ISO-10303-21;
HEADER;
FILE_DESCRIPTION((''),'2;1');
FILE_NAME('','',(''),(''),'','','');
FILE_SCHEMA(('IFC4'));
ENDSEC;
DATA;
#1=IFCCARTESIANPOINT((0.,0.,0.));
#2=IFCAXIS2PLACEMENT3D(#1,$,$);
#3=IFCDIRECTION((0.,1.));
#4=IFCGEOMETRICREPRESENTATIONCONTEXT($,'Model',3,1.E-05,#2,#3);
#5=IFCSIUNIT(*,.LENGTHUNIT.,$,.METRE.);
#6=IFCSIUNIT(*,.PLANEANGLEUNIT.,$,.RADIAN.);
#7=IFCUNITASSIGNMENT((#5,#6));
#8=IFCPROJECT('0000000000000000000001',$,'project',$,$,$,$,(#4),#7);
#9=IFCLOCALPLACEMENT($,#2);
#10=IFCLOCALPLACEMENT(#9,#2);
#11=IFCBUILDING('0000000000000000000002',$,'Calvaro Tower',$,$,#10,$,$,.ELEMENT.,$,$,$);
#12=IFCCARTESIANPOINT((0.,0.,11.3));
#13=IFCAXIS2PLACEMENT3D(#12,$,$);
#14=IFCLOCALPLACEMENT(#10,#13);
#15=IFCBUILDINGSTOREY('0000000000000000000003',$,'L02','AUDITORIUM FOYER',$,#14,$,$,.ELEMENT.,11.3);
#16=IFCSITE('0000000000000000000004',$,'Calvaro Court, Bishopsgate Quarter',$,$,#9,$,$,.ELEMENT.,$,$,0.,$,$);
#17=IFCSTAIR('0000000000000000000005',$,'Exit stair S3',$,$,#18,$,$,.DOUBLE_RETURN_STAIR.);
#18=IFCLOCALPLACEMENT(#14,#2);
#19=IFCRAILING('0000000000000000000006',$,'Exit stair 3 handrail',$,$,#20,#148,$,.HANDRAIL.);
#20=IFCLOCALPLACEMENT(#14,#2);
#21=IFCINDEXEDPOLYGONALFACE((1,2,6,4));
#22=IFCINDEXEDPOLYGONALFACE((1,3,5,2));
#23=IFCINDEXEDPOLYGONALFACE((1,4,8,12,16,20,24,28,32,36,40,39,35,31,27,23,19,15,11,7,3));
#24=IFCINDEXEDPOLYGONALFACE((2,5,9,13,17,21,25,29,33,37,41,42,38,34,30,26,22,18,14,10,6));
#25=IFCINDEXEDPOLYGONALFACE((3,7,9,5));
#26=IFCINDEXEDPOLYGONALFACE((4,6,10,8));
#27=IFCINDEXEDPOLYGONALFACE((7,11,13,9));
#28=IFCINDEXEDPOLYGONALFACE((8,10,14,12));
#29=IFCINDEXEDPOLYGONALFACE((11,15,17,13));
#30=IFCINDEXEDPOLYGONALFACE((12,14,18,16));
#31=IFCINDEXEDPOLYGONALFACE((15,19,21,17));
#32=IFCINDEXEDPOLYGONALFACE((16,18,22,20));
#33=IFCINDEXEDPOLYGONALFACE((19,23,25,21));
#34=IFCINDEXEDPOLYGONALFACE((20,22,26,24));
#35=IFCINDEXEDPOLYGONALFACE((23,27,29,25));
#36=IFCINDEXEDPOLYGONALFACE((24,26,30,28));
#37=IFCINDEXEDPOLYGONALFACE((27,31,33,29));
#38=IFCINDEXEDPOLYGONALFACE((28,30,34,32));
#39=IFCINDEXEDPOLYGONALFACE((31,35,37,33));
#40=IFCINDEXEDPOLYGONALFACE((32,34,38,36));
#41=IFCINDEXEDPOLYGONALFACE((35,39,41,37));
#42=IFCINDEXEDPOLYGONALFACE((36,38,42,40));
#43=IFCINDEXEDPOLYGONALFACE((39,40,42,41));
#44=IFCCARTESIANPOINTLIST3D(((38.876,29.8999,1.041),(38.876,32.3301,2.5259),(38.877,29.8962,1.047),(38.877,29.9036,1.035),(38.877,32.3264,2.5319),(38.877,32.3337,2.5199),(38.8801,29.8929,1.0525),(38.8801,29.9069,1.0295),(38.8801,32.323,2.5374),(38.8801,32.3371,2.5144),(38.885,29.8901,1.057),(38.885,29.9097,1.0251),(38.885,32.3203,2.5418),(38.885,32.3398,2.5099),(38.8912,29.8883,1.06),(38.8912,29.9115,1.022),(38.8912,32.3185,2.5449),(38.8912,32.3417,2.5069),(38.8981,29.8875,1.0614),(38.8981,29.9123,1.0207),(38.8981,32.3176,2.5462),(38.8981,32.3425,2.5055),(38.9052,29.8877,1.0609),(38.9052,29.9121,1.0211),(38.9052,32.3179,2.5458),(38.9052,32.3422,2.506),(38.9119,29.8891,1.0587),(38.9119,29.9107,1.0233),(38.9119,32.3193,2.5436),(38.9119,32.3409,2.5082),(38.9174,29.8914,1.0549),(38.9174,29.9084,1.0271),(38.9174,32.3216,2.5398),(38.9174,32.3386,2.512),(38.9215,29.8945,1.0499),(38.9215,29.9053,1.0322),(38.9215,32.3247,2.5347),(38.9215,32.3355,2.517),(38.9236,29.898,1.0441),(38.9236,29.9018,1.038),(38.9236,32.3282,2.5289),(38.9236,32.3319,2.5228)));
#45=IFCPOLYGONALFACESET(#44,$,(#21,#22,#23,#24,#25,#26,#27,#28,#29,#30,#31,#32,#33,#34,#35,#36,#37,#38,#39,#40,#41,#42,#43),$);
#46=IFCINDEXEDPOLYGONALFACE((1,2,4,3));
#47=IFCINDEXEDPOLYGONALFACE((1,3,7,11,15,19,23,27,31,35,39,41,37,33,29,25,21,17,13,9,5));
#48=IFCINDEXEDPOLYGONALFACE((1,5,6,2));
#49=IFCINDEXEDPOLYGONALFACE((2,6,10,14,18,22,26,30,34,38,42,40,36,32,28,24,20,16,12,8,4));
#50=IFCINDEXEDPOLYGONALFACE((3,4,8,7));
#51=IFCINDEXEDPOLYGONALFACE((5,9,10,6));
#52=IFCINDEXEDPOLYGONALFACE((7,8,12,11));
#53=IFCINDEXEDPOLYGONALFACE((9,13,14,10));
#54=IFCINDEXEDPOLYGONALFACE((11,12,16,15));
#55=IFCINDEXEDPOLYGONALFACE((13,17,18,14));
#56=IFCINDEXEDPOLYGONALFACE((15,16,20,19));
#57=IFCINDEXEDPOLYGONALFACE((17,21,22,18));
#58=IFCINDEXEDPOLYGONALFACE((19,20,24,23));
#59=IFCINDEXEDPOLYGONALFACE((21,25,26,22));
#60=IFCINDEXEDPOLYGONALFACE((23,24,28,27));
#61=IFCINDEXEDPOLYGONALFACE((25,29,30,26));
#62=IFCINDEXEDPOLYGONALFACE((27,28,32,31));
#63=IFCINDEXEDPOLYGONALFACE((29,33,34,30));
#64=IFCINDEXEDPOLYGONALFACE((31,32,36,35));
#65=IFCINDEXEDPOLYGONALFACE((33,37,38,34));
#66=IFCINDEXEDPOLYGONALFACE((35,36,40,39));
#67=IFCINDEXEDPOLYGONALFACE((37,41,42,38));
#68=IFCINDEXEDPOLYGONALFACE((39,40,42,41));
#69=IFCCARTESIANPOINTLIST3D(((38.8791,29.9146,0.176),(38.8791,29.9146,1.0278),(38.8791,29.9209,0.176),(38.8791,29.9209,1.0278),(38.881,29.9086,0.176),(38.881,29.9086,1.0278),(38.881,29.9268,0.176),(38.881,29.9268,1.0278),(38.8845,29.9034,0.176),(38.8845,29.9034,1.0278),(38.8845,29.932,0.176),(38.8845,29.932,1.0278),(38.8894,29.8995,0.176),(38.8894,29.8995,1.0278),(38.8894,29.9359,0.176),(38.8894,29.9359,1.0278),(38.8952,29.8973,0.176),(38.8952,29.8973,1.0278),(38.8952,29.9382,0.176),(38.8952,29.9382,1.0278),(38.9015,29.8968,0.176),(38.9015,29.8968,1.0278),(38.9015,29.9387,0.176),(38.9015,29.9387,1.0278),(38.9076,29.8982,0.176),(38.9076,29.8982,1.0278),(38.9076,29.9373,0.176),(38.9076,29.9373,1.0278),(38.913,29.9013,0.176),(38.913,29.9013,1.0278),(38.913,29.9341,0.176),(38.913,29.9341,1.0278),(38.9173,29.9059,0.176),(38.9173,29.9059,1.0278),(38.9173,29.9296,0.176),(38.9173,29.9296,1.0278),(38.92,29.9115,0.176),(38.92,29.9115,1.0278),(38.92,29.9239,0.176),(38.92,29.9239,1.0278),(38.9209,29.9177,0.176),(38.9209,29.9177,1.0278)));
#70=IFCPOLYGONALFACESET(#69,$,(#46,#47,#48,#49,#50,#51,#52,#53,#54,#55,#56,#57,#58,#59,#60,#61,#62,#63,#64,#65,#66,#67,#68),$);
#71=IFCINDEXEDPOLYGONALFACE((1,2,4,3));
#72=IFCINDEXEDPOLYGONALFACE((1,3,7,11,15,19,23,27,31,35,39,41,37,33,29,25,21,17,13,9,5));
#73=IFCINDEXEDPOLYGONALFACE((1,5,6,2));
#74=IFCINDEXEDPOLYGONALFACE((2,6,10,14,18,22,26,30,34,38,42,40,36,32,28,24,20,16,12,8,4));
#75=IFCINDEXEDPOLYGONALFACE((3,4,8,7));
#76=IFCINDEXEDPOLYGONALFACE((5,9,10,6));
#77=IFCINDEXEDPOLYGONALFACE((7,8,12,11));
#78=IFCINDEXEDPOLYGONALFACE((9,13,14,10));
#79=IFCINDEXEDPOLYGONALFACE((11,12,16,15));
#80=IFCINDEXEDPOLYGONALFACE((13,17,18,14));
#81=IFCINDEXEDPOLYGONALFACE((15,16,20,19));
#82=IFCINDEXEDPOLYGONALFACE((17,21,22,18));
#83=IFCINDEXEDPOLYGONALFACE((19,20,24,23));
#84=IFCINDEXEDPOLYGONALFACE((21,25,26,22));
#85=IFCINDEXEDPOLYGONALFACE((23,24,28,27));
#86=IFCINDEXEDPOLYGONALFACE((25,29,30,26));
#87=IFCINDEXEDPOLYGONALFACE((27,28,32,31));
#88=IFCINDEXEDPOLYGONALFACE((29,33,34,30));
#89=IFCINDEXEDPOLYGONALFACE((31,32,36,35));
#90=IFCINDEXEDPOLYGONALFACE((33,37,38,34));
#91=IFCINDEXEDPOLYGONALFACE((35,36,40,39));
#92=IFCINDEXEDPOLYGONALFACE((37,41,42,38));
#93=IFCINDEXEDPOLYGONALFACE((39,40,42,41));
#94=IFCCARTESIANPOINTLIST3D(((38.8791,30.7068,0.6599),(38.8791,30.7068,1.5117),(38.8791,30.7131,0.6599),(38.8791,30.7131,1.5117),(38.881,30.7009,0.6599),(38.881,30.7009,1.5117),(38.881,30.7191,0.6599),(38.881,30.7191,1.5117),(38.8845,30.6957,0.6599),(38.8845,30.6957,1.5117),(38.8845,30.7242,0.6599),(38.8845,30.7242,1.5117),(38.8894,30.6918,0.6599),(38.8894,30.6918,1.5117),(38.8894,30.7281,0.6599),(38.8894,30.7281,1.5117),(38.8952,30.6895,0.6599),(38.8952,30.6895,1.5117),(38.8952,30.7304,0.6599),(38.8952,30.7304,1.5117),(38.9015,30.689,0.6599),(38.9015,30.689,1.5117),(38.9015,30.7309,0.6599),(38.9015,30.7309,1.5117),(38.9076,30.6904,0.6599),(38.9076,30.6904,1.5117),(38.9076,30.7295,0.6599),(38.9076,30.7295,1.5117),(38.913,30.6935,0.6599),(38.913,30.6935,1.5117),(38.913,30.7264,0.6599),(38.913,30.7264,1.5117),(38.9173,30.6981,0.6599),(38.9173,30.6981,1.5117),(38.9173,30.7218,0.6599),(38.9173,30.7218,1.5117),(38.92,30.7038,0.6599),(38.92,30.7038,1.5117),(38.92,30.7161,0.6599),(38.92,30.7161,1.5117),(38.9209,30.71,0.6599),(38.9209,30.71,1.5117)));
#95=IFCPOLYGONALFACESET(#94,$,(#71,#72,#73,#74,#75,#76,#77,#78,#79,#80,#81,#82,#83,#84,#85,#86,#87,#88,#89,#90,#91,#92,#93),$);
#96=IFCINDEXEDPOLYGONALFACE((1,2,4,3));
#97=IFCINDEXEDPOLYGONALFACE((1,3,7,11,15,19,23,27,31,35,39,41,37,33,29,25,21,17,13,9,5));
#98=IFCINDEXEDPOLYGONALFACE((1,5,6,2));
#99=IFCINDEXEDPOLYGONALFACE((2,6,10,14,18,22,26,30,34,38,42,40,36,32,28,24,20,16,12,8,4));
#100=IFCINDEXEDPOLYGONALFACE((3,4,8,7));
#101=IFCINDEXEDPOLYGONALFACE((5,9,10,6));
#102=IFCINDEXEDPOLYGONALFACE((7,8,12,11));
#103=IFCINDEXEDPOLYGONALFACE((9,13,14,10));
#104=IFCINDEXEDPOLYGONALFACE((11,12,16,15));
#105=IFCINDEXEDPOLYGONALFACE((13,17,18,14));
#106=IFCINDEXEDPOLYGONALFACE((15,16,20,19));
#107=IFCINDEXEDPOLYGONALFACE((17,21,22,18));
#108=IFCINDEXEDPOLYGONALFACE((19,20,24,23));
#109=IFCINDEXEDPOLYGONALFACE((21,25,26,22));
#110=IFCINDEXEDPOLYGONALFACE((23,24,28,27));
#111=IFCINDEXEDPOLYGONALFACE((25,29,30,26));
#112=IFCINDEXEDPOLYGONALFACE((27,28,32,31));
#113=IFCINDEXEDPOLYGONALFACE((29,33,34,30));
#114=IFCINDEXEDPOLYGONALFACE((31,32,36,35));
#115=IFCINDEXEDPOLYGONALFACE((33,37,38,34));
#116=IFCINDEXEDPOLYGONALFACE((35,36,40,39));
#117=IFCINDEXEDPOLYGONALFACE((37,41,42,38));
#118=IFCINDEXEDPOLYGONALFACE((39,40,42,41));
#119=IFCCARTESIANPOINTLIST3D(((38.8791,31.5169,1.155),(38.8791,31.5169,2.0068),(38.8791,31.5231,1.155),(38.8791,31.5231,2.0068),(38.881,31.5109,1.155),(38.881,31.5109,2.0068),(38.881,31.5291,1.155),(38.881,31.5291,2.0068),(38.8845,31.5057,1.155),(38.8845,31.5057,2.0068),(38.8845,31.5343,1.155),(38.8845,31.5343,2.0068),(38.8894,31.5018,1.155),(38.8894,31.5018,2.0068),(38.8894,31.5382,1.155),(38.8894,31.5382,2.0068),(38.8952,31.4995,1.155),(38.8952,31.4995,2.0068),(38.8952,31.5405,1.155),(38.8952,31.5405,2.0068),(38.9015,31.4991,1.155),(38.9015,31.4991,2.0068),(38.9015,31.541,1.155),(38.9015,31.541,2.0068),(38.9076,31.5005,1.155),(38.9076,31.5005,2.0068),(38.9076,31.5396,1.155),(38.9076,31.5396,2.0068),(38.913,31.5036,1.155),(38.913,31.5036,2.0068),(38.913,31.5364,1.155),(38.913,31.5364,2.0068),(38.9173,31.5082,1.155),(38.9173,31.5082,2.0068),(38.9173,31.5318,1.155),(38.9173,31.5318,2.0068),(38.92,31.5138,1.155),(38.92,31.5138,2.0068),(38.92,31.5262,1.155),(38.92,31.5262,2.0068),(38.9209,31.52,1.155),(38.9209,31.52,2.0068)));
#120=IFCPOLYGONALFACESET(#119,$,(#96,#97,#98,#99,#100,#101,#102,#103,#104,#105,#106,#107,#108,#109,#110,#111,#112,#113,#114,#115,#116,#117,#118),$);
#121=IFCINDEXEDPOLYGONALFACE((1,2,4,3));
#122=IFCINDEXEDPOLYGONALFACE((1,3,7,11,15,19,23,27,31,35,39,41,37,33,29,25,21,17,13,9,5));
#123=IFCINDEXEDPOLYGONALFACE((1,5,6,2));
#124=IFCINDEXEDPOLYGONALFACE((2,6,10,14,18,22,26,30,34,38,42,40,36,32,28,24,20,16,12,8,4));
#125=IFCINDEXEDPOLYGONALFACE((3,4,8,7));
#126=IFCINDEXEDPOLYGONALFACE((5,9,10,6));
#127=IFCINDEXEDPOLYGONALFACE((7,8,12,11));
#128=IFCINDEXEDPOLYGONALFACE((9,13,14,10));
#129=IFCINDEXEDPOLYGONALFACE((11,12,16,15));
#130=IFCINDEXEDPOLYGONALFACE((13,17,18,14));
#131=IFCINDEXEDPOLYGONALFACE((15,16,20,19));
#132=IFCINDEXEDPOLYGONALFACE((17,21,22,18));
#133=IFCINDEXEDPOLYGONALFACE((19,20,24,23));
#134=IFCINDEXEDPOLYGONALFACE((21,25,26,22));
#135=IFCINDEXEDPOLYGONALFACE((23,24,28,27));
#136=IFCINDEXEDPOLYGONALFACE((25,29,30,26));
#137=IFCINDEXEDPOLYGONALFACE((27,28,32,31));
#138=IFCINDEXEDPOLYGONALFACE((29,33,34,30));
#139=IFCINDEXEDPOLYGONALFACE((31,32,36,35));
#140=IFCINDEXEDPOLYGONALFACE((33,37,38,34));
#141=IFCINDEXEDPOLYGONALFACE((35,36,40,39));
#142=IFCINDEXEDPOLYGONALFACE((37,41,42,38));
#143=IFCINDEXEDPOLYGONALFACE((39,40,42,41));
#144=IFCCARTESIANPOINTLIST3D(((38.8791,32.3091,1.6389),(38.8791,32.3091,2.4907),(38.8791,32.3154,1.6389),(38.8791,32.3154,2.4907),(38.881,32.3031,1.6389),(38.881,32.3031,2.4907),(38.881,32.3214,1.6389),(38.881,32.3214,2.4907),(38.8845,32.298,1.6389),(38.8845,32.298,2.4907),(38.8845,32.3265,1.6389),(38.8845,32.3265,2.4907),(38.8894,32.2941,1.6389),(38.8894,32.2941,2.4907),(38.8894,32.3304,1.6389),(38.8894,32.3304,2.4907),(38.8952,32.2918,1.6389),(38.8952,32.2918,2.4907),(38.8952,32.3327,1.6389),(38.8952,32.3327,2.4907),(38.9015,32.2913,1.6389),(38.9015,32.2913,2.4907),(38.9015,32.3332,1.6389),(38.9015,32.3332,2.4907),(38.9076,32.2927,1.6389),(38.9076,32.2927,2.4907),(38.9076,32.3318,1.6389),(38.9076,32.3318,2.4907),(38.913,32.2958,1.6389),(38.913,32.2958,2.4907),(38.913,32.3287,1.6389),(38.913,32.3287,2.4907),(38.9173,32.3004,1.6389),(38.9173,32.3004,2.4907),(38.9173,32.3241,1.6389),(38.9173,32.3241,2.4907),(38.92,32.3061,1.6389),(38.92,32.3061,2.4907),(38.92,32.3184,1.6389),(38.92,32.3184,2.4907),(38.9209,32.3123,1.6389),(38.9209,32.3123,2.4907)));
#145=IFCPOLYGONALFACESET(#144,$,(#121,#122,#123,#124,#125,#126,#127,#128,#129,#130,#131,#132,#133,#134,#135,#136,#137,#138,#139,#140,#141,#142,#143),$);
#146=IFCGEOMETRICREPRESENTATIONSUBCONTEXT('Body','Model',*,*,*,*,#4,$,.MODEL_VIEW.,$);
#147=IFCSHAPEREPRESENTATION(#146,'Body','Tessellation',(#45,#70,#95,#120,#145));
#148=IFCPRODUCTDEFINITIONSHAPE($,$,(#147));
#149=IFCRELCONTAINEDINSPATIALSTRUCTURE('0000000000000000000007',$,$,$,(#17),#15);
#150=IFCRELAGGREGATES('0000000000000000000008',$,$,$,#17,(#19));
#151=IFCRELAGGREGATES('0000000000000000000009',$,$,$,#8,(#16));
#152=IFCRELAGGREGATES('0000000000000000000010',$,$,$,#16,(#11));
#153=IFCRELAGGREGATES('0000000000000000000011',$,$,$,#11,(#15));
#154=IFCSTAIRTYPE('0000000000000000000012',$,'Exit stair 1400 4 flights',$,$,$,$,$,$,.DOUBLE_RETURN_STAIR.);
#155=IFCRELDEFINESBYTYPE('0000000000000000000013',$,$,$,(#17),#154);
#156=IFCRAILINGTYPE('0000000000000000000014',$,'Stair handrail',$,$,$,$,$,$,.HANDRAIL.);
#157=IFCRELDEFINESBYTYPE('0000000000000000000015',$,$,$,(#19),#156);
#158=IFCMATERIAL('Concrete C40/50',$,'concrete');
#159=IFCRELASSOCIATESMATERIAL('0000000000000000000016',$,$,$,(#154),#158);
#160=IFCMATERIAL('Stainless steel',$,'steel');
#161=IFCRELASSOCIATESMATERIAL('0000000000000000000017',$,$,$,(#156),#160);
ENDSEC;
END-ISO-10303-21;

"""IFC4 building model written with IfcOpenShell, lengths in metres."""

from ifc_helpers import new_model, si_unit, direction, frame, origin, origin_2d, place, context, subcontext, project, spatial, circle, extrude, material, type_object, element, aggregate, save


model = new_model("IFC4")

# Units and contexts
model_context = context("Model", 3, precision=1e-05, world=origin(), true_north=direction((0.0, 1.0)))
body_context = subcontext(model_context, "Body", "Model", "MODEL_VIEW")
ifc_project = project(units=[si_unit("LENGTHUNIT", "METRE"), si_unit("PLANEANGLEUNIT", "RADIAN")], contexts=[model_context])

# Site, building, storey
site_placement = place(None, origin())
site = spatial("IfcSite", under=ifc_project, at=site_placement, Name="Calvaro Court, Bishopsgate Quarter", CompositionType="ELEMENT", RefElevation=0.0)
building_placement = place(site_placement, origin())
building = spatial("IfcBuilding", under=site, at=building_placement, Name="Calvaro Tower", CompositionType="ELEMENT")
storey_placement = place(building_placement, frame((0.0, 0.0, 11.3)))
storey = spatial("IfcBuildingStorey", under=building, at=storey_placement, Name="L02", Description="AUDITORIUM FOYER", CompositionType="ELEMENT", Elevation=11.3)

# Stair, railing
ifc_material_1 = material(Name="Concrete C40/50", Category="concrete")
stair_type = type_object("IfcStairType", Name="Exit stair 1400 4 flights", PredefinedType="DOUBLE_RETURN_STAIR", material=ifc_material_1)
stair_placement = place(storey_placement, origin())
stair = element("IfcStair", 1, at=stair_placement, inside=storey, type_object=stair_type, Name="Exit stair S3", PredefinedType="DOUBLE_RETURN_STAIR")
ifc_material_2 = material(Name="Stainless steel", Category="steel")
railing_type = type_object("IfcRailingType", Name="Stair handrail", PredefinedType="HANDRAIL", material=ifc_material_2)
railing_1_placement = place(storey_placement, frame((38.8999, 29.8999, 0.165)))
railing_1 = element("IfcRailing", 2, at=railing_1_placement, type_object=railing_type, Name="Exit stair 3 handrail", PredefinedType="HANDRAIL", context=body_context, shape_type="SweptSolid", body=[
    extrude(circle(Radius=0.0239, at=origin_2d()), frame((0.0, 0.0, 0.876), z_axis=(0.0, 0.85332, 0.521388), x_axis=(-1.0, 0.0, 0.0)), (0.0, 0.0, 1.0), 2.8479),
    extrude(circle(Radius=0.021, at=origin_2d()), frame((0.0, 0.0178, 0.011)), (0.0, 0.0, 1.0), 0.8518),
    extrude(circle(Radius=0.021, at=origin_2d()), frame((0.0, 0.8101, 0.4949)), (0.0, 0.0, 1.0), 0.8518),
    extrude(circle(Radius=0.021, at=origin_2d()), frame((0.0, 1.6201, 0.99)), (0.0, 0.0, 1.0), 0.8518),
    extrude(circle(Radius=0.021, at=origin_2d()), frame((0.0, 2.4124, 1.4739)), (0.0, 0.0, 1.0), 0.8518),
])
aggregate(stair, [railing_1])

save(model, "model.ifc")
